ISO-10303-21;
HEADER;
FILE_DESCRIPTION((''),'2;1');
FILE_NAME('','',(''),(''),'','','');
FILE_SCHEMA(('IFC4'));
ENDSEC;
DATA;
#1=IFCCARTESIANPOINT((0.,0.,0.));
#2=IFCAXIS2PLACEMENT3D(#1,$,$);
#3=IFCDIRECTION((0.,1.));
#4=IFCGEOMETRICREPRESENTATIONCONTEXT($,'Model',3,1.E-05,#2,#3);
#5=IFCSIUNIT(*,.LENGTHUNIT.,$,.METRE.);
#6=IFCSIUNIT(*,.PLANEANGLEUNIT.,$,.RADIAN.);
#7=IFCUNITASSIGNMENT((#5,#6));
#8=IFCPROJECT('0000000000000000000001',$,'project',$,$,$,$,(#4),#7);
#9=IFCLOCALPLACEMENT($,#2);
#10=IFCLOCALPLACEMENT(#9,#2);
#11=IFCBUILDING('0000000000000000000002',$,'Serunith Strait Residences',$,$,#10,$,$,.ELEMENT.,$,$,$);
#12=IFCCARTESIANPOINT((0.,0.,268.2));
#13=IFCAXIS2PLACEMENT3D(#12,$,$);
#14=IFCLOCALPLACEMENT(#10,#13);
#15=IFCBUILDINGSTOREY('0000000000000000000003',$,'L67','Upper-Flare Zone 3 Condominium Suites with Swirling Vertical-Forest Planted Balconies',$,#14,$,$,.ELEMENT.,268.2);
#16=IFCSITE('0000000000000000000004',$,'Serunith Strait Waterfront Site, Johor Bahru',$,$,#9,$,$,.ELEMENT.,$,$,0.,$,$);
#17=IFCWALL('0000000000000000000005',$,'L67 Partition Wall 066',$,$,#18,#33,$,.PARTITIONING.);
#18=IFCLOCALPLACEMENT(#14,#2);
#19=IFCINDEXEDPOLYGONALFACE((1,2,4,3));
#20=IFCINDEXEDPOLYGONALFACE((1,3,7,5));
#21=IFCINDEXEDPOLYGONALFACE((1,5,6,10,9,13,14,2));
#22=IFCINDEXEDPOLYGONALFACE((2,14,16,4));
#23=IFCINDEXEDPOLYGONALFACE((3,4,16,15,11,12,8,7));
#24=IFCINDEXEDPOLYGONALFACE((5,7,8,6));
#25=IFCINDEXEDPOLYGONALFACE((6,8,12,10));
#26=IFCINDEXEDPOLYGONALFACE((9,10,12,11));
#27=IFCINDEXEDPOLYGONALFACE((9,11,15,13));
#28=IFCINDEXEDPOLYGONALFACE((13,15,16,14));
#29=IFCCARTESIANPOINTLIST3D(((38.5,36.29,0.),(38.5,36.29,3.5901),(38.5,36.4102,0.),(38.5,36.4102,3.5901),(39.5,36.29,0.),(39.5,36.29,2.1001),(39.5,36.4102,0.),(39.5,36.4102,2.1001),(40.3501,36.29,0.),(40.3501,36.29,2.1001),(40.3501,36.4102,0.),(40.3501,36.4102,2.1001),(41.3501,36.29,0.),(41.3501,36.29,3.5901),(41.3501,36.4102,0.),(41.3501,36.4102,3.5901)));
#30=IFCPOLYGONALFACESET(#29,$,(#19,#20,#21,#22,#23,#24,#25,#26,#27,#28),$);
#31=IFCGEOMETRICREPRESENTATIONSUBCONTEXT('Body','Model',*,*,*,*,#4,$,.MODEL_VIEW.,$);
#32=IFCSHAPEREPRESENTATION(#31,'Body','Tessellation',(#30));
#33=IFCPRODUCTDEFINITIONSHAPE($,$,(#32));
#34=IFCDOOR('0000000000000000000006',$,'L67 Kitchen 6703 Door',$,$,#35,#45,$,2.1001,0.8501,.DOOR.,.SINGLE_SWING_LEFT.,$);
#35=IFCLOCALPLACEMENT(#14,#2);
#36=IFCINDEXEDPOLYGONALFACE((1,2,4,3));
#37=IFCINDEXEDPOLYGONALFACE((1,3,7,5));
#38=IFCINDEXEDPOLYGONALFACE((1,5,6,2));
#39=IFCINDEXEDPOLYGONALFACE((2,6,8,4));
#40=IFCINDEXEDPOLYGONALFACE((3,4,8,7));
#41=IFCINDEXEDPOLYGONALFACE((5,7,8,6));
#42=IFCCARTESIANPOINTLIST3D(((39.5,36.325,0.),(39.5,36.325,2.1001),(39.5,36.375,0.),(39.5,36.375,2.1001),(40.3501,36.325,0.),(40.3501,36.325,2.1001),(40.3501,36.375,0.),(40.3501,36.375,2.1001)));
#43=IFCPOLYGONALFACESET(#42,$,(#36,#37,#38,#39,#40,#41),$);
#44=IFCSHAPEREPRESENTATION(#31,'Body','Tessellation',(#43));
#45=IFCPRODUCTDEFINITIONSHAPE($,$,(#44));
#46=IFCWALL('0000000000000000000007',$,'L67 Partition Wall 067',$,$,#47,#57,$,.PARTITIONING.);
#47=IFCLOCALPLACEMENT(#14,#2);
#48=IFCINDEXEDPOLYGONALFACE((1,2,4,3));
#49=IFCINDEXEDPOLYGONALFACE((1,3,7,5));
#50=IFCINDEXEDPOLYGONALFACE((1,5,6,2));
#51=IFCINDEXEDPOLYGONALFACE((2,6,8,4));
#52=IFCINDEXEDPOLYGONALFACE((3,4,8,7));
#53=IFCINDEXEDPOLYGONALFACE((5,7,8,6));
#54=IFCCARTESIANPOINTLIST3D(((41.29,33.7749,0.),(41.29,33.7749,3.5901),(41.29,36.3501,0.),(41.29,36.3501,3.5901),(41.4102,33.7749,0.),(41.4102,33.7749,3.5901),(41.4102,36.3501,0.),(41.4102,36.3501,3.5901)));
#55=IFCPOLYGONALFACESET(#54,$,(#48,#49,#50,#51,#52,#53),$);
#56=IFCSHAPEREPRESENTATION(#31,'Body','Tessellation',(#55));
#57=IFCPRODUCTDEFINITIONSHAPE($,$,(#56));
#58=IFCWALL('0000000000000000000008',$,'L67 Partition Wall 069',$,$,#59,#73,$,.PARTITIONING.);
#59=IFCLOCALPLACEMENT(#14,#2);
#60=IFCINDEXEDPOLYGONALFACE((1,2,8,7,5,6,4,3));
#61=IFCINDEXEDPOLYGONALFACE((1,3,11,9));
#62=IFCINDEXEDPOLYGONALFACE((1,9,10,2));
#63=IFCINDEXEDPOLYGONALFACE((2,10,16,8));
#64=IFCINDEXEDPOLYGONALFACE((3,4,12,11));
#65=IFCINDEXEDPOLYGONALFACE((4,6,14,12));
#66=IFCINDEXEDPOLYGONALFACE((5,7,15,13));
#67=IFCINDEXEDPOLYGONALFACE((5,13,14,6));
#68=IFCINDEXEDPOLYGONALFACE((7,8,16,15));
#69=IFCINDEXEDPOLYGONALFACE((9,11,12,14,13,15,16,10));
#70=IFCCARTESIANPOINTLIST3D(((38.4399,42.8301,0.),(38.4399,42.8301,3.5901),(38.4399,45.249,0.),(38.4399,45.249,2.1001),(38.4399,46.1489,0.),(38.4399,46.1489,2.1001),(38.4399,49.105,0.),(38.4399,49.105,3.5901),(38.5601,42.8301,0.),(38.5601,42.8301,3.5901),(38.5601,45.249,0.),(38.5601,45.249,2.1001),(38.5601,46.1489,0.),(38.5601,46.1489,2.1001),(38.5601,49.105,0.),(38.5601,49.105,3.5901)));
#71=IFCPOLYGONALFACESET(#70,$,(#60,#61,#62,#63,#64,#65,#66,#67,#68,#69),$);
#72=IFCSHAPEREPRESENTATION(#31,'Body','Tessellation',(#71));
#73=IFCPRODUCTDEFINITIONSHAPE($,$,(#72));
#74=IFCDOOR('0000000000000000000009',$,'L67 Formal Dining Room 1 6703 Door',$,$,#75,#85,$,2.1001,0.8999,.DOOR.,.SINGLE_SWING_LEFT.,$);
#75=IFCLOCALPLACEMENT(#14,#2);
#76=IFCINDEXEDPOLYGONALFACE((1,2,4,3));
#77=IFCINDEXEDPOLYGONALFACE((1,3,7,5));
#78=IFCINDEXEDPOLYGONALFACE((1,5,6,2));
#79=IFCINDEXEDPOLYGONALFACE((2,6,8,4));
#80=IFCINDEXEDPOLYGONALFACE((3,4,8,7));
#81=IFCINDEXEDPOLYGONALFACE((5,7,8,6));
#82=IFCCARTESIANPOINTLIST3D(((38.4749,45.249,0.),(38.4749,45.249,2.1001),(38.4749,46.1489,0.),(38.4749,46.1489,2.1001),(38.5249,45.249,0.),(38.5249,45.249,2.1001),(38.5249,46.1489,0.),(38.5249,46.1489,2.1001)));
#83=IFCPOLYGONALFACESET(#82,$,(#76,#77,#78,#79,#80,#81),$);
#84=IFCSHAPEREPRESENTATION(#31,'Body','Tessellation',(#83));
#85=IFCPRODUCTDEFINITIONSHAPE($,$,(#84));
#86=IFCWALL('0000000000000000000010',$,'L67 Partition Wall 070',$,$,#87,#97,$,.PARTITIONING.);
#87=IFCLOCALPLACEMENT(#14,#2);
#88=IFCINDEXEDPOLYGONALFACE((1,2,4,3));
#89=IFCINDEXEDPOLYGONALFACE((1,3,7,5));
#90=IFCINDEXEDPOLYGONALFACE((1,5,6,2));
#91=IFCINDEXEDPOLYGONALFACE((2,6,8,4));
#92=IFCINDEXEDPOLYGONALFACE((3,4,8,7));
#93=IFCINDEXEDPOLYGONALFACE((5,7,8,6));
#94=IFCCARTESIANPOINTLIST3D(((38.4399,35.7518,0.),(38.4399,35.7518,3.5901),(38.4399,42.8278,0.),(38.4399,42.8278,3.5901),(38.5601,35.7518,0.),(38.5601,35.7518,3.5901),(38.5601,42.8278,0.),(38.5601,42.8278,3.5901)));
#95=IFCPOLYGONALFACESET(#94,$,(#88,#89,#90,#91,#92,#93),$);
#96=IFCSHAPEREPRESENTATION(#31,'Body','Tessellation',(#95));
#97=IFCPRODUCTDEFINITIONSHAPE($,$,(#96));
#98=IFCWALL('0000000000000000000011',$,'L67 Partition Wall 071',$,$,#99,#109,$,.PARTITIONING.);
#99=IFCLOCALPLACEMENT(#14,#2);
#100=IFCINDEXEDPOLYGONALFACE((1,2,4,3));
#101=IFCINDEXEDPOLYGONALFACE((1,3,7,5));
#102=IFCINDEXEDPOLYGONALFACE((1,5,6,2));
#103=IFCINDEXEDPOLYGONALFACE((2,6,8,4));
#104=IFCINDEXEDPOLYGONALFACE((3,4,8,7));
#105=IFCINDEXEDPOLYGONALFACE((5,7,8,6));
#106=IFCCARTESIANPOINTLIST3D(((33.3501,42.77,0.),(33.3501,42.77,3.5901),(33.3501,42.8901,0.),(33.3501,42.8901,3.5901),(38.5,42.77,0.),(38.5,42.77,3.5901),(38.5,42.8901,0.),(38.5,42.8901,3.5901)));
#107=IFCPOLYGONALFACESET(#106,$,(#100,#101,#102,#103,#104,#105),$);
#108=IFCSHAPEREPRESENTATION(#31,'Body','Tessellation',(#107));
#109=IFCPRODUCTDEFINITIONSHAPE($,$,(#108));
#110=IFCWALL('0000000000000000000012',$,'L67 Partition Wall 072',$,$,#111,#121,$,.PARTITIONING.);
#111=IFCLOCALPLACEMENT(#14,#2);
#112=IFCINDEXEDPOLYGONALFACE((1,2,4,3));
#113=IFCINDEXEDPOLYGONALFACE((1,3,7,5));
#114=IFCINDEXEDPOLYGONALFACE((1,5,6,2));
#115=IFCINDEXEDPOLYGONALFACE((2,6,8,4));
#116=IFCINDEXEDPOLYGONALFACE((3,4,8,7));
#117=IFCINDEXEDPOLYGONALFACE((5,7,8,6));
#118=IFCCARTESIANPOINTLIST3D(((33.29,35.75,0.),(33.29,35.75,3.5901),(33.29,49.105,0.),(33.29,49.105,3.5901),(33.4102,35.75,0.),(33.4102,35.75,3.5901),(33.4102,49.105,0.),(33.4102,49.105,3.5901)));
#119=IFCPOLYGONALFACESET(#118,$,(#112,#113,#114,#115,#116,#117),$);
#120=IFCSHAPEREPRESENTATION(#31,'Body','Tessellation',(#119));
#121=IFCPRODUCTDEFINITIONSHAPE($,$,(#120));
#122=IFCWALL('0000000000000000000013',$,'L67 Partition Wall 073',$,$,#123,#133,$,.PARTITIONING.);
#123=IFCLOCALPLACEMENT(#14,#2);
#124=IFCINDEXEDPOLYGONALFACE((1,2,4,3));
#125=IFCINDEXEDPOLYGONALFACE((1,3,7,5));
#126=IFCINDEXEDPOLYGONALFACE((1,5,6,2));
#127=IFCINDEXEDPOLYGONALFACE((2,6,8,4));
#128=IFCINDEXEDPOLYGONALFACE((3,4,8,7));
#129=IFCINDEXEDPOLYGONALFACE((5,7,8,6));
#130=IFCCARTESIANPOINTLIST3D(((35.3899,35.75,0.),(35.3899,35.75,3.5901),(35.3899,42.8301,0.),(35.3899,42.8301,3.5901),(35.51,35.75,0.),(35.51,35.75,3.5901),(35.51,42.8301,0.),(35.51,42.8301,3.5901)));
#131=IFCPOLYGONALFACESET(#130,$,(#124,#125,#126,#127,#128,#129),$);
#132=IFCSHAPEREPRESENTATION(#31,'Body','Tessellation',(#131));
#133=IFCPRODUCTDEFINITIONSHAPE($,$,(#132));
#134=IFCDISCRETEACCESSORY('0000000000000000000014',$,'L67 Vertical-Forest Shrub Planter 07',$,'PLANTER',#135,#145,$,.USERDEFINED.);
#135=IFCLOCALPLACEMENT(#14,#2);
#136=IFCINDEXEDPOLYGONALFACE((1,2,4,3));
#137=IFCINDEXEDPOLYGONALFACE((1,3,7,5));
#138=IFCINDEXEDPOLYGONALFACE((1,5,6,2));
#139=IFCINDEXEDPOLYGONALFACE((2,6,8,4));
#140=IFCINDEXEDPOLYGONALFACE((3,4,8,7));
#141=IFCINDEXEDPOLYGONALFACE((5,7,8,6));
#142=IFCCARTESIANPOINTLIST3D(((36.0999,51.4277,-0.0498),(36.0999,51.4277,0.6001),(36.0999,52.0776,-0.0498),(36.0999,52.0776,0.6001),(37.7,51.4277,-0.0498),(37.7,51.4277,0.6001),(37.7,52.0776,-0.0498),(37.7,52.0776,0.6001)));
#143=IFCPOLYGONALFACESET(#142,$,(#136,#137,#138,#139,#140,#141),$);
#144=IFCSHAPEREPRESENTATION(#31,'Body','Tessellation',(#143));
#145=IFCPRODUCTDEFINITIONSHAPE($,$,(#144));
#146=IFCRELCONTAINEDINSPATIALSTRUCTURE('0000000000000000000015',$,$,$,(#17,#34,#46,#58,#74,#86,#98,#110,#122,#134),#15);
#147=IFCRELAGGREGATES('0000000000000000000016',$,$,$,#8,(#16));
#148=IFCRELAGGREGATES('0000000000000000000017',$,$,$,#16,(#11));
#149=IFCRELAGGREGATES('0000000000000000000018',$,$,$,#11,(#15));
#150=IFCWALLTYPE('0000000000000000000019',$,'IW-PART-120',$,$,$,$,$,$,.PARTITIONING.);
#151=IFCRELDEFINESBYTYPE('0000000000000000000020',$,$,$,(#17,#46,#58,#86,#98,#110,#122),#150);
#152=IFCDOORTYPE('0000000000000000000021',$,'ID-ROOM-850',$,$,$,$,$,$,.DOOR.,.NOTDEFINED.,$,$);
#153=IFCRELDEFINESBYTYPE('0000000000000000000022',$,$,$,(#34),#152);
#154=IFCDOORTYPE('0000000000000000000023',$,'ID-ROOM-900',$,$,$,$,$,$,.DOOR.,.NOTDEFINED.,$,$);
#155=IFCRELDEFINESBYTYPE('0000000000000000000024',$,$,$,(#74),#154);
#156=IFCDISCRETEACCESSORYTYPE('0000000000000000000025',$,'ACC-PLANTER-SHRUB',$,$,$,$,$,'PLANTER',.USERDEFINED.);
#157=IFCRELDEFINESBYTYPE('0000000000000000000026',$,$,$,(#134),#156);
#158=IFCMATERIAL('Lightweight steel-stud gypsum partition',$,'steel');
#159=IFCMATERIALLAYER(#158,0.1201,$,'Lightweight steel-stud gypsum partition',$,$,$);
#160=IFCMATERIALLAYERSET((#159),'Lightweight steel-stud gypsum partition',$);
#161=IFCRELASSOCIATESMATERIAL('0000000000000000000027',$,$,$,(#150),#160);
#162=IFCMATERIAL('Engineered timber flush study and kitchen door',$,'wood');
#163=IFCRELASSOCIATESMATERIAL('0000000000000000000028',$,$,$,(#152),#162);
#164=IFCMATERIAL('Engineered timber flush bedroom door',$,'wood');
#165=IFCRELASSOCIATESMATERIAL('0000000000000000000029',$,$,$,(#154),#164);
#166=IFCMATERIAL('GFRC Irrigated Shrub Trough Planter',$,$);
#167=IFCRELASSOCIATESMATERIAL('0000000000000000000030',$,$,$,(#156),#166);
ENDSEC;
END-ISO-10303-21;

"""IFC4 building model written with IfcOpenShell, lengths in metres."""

from ifc_helpers import new_model, si_unit, direction, frame, frame_2d, origin, origin_2d, place, context, subcontext, project, spatial, rectangle, extrude, source, transform, mapped, material, layer, layer_set, type_object, element, fill, save


model = new_model("IFC4")

# Units and contexts
model_context = context("Model", 3, precision=1e-05, world=origin(), true_north=direction((0.0, 1.0)))
body_context = subcontext(model_context, "Body", "Model", "MODEL_VIEW")
ifc_project = project(units=[si_unit("LENGTHUNIT", "METRE"), si_unit("PLANEANGLEUNIT", "RADIAN")], contexts=[model_context])

# Site, building, storey
site_placement = place(None, origin())
site = spatial("IfcSite", under=ifc_project, at=site_placement, Name="Serunith Strait Waterfront Site, Johor Bahru", CompositionType="ELEMENT", RefElevation=0.0)
building_placement = place(site_placement, origin())
building = spatial("IfcBuilding", under=site, at=building_placement, Name="Serunith Strait Residences", CompositionType="ELEMENT")
storey_placement = place(building_placement, frame((0.0, 0.0, 268.2)))
storey = spatial("IfcBuildingStorey", under=building, at=storey_placement, Name="L67", Description="Upper-Flare Zone 3 Condominium Suites with Swirling Vertical-Forest Planted Balconies", CompositionType="ELEMENT", Elevation=268.2)

# Wall, opening, door
ifc_material_1 = material(Name="Lightweight steel-stud gypsum partition", Category="steel")
ifc_layer_1 = layer(ifc_material_1, 0.1201, Name="Lightweight steel-stud gypsum partition")
ifc_layer_set_1 = layer_set([ifc_layer_1], Name="Lightweight steel-stud gypsum partition")
wall_type = type_object("IfcWallType", Name="IW-PART-120", PredefinedType="PARTITIONING", material=ifc_layer_set_1)
wall_1_placement = place(storey_placement, frame((38.5, 36.3501, 0.0), z_axis=(0.0, 0.0, 1.0), x_axis=(1.0, 0.0, 0.0)))
wall_1 = element("IfcWall", 1, at=wall_1_placement, inside=storey, type_object=wall_type, Name="L67 Partition Wall 066", PredefinedType="PARTITIONING", context=body_context, shape_type="SweptSolid", body=[
    extrude(rectangle(XDim=2.8501, YDim=0.1201, at=frame_2d((1.425, 0.0))), origin(), (0.0, 0.0, 1.0), 3.5901),
])
opening_1_placement = place(wall_1_placement, frame((1.0, 0.0, 0.0)))
opening_1 = element("IfcOpeningElement", 2, at=opening_1_placement, cuts=wall_1, PredefinedType="OPENING", context=body_context, shape_type="SweptSolid", body=[
    extrude(rectangle(XDim=0.8501, YDim=2.1001, at=frame_2d((0.425, 1.05))), frame((0.0, 0.0701, 0.0), z_axis=(0.0, -1.0, 0.0), x_axis=(1.0, 0.0, 0.0)), (0.0, 0.0, 1.0), 0.1401),
])
ifc_material_2 = material(Name="Engineered timber flush study and kitchen door", Category="wood")
door_type_1 = type_object("IfcDoorType", Name="ID-ROOM-850", OperationType="NOTDEFINED", PredefinedType="DOOR", material=ifc_material_2)
shared_shape_1 = source(origin(), body_context, "Body", "SweptSolid", [
    extrude(rectangle(XDim=0.8501, YDim=2.1001, at=frame_2d((0.425, 1.05))), frame((0.0, 0.0249, 0.0), z_axis=(0.0, -1.0, 0.0), x_axis=(1.0, 0.0, 0.0)), (0.0, 0.0, 1.0), 0.05),
])
door_1_placement = place(opening_1_placement, origin())
door_1 = element("IfcDoor", 3, at=door_1_placement, inside=storey, type_object=door_type_1, Name="L67 Kitchen 6703 Door", OperationType="SINGLE_SWING_LEFT", OverallHeight=2.1001, OverallWidth=0.8501, PredefinedType="DOOR", context=body_context, shape_type="MappedRepresentation", body=[
    mapped(shared_shape_1, transform((0.0, 0.0, 0.0), scale=1.0)),
])
fill(opening_1, door_1)

# Wall
wall_2_placement = place(storey_placement, frame((41.3501, 36.3501, 0.0), z_axis=(0.0, 0.0, 1.0), x_axis=(0.0, -1.0, 0.0)))
element("IfcWall", 4, at=wall_2_placement, inside=storey, type_object=wall_type, Name="L67 Partition Wall 067", PredefinedType="PARTITIONING", context=body_context, shape_type="SweptSolid", body=[
    extrude(rectangle(XDim=2.5752, YDim=0.1201, at=frame_2d((1.2876, 0.0))), origin(), (0.0, 0.0, 1.0), 3.5901),
])

# Wall, opening, door
wall_3_placement = place(storey_placement, frame((38.5, 49.105, 0.0), z_axis=(0.0, 0.0, 1.0), x_axis=(0.0, -1.0, 0.0)))
wall_3 = element("IfcWall", 5, at=wall_3_placement, inside=storey, type_object=wall_type, Name="L67 Partition Wall 069", PredefinedType="PARTITIONING", context=body_context, shape_type="SweptSolid", body=[
    extrude(rectangle(XDim=6.2749, YDim=0.1201, at=frame_2d((3.1375, 0.0))), origin(), (0.0, 0.0, 1.0), 3.5901),
])
opening_2_placement = place(wall_3_placement, frame((2.9561, 0.0, 0.0)))
opening_2 = element("IfcOpeningElement", 6, at=opening_2_placement, cuts=wall_3, PredefinedType="OPENING", context=body_context, shape_type="SweptSolid", body=[
    extrude(rectangle(XDim=0.8999, YDim=2.1001, at=frame_2d((0.45, 1.05))), frame((0.0, 0.0701, 0.0), z_axis=(0.0, -1.0, 0.0), x_axis=(1.0, 0.0, 0.0)), (0.0, 0.0, 1.0), 0.1401),
])
ifc_material_3 = material(Name="Engineered timber flush bedroom door", Category="wood")
door_type_2 = type_object("IfcDoorType", Name="ID-ROOM-900", OperationType="NOTDEFINED", PredefinedType="DOOR", material=ifc_material_3)
shared_shape_2 = source(origin(), body_context, "Body", "SweptSolid", [
    extrude(rectangle(XDim=0.8999, YDim=2.1001, at=frame_2d((0.45, 1.05))), frame((0.0, 0.0249, 0.0), z_axis=(0.0, -1.0, 0.0), x_axis=(1.0, 0.0, 0.0)), (0.0, 0.0, 1.0), 0.05),
])
door_2_placement = place(opening_2_placement, origin())
door_2 = element("IfcDoor", 7, at=door_2_placement, inside=storey, type_object=door_type_2, Name="L67 Formal Dining Room 1 6703 Door", OperationType="SINGLE_SWING_LEFT", OverallHeight=2.1001, OverallWidth=0.8999, PredefinedType="DOOR", context=body_context, shape_type="MappedRepresentation", body=[
    mapped(shared_shape_2, transform((0.0, 0.0, 0.0), scale=1.0)),
])
fill(opening_2, door_2)

# Walls
wall_4_placement = place(storey_placement, frame((38.5, 42.8279, 0.0), z_axis=(0.0, 0.0, 1.0), x_axis=(0.0, -1.0, 0.0)))
element("IfcWall", 8, at=wall_4_placement, inside=storey, type_object=wall_type, Name="L67 Partition Wall 070", PredefinedType="PARTITIONING", context=body_context, shape_type="SweptSolid", body=[
    extrude(rectangle(XDim=7.0759, YDim=0.1201, at=frame_2d((3.5381, 0.0))), origin(), (0.0, 0.0, 1.0), 3.5901),
])
wall_5_placement = place(storey_placement, frame((33.3501, 42.8301, 0.0), z_axis=(0.0, 0.0, 1.0), x_axis=(1.0, 0.0, 0.0)))
element("IfcWall", 9, at=wall_5_placement, inside=storey, type_object=wall_type, Name="L67 Partition Wall 071", PredefinedType="PARTITIONING", context=body_context, shape_type="SweptSolid", body=[
    extrude(rectangle(XDim=5.1499, YDim=0.1201, at=frame_2d((2.575, 0.0))), origin(), (0.0, 0.0, 1.0), 3.5901),
])
wall_6_placement = place(storey_placement, frame((33.3501, 49.105, 0.0), z_axis=(0.0, 0.0, 1.0), x_axis=(0.0, -1.0, 0.0)))
element("IfcWall", 10, at=wall_6_placement, inside=storey, type_object=wall_type, Name="L67 Partition Wall 072", PredefinedType="PARTITIONING", context=body_context, shape_type="SweptSolid", body=[
    extrude(rectangle(XDim=13.355, YDim=0.1201, at=frame_2d((6.6775, 0.0))), origin(), (0.0, 0.0, 1.0), 3.5901),
])
wall_7_placement = place(storey_placement, frame((35.45, 42.8301, 0.0), z_axis=(0.0, 0.0, 1.0), x_axis=(0.0, -1.0, 0.0)))
element("IfcWall", 11, at=wall_7_placement, inside=storey, type_object=wall_type, Name="L67 Partition Wall 073", PredefinedType="PARTITIONING", context=body_context, shape_type="SweptSolid", body=[
    extrude(rectangle(XDim=7.0801, YDim=0.1201, at=frame_2d((3.54, 0.0))), origin(), (0.0, 0.0, 1.0), 3.5901),
])

# Discrete accessory
ifc_material_4 = material(Name="GFRC Irrigated Shrub Trough Planter")
discrete_accessory_type = type_object("IfcDiscreteAccessoryType", Name="ACC-PLANTER-SHRUB", ElementType="PLANTER", PredefinedType="USERDEFINED", material=ifc_material_4)
shared_shape_3 = source(origin(), body_context, "Body", "SweptSolid", [
    extrude(rectangle(XDim=1.6001, YDim=0.6499, at=origin_2d()), origin(), (0.0, 0.0, 1.0), 0.6499),
])
discrete_accessory_placement = place(storey_placement, frame((36.8999, 51.7527, -0.0498), z_axis=(0.0, 0.0, 1.0), x_axis=(-1.0, 0.0, 0.0)))
element("IfcDiscreteAccessory", 12, at=discrete_accessory_placement, inside=storey, type_object=discrete_accessory_type, Name="L67 Vertical-Forest Shrub Planter 07", ObjectType="PLANTER", PredefinedType="USERDEFINED", context=body_context, shape_type="MappedRepresentation", body=[
    mapped(shared_shape_3, transform((0.0, 0.0, 0.0), scale=1.0)),
])

save(model, "model.ifc")
